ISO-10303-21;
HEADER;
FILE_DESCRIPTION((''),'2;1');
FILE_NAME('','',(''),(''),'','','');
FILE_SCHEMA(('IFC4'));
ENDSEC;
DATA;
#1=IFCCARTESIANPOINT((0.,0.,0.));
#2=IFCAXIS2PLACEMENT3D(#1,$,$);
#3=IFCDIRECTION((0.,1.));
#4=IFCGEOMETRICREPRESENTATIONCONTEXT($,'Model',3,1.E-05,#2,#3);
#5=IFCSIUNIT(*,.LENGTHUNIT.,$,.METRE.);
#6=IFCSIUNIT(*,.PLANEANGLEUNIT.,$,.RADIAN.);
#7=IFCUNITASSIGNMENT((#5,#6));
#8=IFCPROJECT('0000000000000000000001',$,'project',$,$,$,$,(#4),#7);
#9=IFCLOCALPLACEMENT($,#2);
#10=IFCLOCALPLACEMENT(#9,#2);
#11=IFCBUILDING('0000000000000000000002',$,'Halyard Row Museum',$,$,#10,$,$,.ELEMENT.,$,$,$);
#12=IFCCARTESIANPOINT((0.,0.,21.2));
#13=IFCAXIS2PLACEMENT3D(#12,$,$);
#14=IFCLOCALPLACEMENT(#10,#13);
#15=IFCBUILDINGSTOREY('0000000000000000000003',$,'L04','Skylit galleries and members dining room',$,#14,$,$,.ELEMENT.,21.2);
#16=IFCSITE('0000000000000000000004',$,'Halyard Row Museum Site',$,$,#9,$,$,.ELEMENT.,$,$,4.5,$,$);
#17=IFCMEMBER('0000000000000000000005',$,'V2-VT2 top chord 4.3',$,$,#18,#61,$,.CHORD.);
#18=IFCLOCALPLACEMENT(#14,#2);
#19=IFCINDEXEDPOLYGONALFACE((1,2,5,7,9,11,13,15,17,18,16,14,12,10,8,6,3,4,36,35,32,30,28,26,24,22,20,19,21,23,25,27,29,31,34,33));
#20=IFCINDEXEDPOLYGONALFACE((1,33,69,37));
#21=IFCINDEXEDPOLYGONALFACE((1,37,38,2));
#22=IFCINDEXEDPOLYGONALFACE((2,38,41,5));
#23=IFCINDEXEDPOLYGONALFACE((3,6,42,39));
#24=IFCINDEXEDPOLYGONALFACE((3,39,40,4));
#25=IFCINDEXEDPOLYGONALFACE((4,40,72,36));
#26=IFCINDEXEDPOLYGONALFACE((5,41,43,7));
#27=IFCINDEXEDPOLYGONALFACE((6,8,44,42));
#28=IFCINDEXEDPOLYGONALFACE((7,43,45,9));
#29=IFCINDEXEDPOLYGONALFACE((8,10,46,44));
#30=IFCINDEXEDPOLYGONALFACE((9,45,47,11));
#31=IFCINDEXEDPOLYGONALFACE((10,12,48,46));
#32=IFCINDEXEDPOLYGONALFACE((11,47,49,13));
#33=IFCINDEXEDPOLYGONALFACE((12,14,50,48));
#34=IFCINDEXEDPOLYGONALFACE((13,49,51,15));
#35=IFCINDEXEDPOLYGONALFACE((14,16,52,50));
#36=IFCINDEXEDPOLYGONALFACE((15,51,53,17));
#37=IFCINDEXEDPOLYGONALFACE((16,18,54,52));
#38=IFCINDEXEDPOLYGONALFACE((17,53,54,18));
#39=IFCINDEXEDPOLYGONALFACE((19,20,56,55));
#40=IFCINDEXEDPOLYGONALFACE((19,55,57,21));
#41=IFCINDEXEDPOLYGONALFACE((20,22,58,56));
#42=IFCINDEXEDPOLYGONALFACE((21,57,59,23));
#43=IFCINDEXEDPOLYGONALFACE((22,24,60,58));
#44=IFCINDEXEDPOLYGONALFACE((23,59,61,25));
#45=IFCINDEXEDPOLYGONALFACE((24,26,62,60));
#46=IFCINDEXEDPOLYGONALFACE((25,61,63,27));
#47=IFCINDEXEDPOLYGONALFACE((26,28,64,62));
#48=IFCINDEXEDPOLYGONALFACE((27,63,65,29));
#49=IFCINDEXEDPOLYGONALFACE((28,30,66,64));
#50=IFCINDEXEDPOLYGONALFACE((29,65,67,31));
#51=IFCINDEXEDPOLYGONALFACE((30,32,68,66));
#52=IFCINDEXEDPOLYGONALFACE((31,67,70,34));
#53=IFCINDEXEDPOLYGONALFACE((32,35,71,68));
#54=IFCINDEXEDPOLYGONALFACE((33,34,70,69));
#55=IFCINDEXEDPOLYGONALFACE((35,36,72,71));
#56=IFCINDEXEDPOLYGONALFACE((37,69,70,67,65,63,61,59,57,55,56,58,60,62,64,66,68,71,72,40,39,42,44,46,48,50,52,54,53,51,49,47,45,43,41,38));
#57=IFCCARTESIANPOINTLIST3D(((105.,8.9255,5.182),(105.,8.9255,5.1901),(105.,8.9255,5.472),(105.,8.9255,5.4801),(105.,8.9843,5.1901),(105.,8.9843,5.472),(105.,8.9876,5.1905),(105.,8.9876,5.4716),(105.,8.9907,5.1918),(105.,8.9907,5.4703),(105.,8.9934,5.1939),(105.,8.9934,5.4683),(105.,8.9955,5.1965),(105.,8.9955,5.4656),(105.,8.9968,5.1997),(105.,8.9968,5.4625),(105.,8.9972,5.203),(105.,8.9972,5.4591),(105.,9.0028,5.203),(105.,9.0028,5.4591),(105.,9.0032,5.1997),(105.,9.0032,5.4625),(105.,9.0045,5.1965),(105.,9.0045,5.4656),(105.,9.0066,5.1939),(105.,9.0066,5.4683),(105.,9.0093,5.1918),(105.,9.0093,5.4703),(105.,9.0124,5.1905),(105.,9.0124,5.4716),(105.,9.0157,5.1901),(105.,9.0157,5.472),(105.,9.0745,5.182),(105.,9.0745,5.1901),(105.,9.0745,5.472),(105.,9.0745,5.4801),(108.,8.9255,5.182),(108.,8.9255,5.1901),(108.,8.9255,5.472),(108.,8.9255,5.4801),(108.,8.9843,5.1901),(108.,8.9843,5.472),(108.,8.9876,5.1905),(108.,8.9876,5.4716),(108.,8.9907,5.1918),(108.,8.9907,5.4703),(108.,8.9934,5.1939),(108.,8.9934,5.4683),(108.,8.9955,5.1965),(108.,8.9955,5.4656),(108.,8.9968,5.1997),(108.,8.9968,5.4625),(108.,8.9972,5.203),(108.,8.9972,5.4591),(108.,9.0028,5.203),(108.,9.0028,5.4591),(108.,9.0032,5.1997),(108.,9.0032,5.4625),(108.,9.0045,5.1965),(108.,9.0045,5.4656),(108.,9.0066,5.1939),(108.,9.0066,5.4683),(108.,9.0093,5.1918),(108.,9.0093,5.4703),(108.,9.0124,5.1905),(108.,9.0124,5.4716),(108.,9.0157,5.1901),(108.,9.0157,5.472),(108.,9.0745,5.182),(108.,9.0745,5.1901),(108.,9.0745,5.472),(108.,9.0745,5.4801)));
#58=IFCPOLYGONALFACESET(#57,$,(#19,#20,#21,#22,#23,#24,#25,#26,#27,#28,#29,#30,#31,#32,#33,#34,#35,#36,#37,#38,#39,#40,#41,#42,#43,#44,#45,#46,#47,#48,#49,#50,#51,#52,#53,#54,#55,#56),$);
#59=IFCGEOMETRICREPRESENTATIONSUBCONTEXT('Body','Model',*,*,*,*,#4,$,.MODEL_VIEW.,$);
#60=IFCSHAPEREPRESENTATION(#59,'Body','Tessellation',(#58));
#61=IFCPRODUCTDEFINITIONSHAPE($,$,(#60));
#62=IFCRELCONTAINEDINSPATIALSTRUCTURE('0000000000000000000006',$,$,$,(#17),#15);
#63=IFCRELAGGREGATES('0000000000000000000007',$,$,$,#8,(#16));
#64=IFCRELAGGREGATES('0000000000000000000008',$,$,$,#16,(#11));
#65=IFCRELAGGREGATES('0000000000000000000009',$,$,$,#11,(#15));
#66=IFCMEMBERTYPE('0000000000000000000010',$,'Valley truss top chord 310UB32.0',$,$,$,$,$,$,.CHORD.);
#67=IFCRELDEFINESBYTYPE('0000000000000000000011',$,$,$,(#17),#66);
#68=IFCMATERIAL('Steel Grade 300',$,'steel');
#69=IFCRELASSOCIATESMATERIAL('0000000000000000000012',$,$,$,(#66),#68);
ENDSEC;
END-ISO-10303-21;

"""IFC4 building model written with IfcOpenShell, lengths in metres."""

from ifc_helpers import new_model, si_unit, direction, frame, origin, origin_2d, place, context, subcontext, project, spatial, i_section, extrude, material, material_profile, profile_set, type_object, element, save


model = new_model("IFC4")

# Units and contexts
model_context = context("Model", 3, precision=1e-05, world=origin(), true_north=direction((0.0, 1.0)))
body_context = subcontext(model_context, "Body", "Model", "MODEL_VIEW")
ifc_project = project(units=[si_unit("LENGTHUNIT", "METRE"), si_unit("PLANEANGLEUNIT", "RADIAN")], contexts=[model_context])

# Site, building, storey
site_placement = place(None, origin())
site = spatial("IfcSite", under=ifc_project, at=site_placement, Name="Halyard Row Museum Site", CompositionType="ELEMENT", RefElevation=4.5)
building_placement = place(site_placement, origin())
building = spatial("IfcBuilding", under=site, at=building_placement, Name="Halyard Row Museum", CompositionType="ELEMENT")
storey_placement = place(building_placement, frame((0.0, 0.0, 21.2)))
storey = spatial("IfcBuildingStorey", under=building, at=storey_placement, Name="L04", Description="Skylit galleries and members dining room", CompositionType="ELEMENT", Elevation=21.2)

# Member
ifc_material_1 = material(Name="Steel Grade 300", Category="steel")
ifc_material_profile_1 = material_profile(ifc_material_1, i_section(OverallWidth=0.1489, OverallDepth=0.2981, WebThickness=0.0056, FlangeThickness=0.0081, FilletRadius=0.0129, at=origin_2d()), Name="310UB32.0")
ifc_profile_set_1 = profile_set([ifc_material_profile_1], Name="Steel Grade 300")
member_type_1 = type_object("IfcMemberType", Name="Valley truss top chord 310UB32.0", PredefinedType="CHORD", material=ifc_profile_set_1)
for number, where, z_axis, x_axis, name in (
    (1, (105.0, 9.0, 5.3311), (1.0, 0.0, 0.0), (0.0, 1.0, 0.0), "V2-VT2 top chord 4.3"),
):
    element("IfcMember", number, at=place(storey_placement, frame(where, z_axis=z_axis, x_axis=x_axis)), inside=storey, type_object=member_type_1, Name=name, PredefinedType="CHORD", context=body_context, shape_type="SweptSolid", body=[
        extrude(i_section(OverallWidth=0.1489, OverallDepth=0.2981, WebThickness=0.0056, FlangeThickness=0.0081, FilletRadius=0.0129, at=origin_2d()), origin(), (0.0, 0.0, 1.0), 3.0),
    ])

save(model, "model.ifc")
